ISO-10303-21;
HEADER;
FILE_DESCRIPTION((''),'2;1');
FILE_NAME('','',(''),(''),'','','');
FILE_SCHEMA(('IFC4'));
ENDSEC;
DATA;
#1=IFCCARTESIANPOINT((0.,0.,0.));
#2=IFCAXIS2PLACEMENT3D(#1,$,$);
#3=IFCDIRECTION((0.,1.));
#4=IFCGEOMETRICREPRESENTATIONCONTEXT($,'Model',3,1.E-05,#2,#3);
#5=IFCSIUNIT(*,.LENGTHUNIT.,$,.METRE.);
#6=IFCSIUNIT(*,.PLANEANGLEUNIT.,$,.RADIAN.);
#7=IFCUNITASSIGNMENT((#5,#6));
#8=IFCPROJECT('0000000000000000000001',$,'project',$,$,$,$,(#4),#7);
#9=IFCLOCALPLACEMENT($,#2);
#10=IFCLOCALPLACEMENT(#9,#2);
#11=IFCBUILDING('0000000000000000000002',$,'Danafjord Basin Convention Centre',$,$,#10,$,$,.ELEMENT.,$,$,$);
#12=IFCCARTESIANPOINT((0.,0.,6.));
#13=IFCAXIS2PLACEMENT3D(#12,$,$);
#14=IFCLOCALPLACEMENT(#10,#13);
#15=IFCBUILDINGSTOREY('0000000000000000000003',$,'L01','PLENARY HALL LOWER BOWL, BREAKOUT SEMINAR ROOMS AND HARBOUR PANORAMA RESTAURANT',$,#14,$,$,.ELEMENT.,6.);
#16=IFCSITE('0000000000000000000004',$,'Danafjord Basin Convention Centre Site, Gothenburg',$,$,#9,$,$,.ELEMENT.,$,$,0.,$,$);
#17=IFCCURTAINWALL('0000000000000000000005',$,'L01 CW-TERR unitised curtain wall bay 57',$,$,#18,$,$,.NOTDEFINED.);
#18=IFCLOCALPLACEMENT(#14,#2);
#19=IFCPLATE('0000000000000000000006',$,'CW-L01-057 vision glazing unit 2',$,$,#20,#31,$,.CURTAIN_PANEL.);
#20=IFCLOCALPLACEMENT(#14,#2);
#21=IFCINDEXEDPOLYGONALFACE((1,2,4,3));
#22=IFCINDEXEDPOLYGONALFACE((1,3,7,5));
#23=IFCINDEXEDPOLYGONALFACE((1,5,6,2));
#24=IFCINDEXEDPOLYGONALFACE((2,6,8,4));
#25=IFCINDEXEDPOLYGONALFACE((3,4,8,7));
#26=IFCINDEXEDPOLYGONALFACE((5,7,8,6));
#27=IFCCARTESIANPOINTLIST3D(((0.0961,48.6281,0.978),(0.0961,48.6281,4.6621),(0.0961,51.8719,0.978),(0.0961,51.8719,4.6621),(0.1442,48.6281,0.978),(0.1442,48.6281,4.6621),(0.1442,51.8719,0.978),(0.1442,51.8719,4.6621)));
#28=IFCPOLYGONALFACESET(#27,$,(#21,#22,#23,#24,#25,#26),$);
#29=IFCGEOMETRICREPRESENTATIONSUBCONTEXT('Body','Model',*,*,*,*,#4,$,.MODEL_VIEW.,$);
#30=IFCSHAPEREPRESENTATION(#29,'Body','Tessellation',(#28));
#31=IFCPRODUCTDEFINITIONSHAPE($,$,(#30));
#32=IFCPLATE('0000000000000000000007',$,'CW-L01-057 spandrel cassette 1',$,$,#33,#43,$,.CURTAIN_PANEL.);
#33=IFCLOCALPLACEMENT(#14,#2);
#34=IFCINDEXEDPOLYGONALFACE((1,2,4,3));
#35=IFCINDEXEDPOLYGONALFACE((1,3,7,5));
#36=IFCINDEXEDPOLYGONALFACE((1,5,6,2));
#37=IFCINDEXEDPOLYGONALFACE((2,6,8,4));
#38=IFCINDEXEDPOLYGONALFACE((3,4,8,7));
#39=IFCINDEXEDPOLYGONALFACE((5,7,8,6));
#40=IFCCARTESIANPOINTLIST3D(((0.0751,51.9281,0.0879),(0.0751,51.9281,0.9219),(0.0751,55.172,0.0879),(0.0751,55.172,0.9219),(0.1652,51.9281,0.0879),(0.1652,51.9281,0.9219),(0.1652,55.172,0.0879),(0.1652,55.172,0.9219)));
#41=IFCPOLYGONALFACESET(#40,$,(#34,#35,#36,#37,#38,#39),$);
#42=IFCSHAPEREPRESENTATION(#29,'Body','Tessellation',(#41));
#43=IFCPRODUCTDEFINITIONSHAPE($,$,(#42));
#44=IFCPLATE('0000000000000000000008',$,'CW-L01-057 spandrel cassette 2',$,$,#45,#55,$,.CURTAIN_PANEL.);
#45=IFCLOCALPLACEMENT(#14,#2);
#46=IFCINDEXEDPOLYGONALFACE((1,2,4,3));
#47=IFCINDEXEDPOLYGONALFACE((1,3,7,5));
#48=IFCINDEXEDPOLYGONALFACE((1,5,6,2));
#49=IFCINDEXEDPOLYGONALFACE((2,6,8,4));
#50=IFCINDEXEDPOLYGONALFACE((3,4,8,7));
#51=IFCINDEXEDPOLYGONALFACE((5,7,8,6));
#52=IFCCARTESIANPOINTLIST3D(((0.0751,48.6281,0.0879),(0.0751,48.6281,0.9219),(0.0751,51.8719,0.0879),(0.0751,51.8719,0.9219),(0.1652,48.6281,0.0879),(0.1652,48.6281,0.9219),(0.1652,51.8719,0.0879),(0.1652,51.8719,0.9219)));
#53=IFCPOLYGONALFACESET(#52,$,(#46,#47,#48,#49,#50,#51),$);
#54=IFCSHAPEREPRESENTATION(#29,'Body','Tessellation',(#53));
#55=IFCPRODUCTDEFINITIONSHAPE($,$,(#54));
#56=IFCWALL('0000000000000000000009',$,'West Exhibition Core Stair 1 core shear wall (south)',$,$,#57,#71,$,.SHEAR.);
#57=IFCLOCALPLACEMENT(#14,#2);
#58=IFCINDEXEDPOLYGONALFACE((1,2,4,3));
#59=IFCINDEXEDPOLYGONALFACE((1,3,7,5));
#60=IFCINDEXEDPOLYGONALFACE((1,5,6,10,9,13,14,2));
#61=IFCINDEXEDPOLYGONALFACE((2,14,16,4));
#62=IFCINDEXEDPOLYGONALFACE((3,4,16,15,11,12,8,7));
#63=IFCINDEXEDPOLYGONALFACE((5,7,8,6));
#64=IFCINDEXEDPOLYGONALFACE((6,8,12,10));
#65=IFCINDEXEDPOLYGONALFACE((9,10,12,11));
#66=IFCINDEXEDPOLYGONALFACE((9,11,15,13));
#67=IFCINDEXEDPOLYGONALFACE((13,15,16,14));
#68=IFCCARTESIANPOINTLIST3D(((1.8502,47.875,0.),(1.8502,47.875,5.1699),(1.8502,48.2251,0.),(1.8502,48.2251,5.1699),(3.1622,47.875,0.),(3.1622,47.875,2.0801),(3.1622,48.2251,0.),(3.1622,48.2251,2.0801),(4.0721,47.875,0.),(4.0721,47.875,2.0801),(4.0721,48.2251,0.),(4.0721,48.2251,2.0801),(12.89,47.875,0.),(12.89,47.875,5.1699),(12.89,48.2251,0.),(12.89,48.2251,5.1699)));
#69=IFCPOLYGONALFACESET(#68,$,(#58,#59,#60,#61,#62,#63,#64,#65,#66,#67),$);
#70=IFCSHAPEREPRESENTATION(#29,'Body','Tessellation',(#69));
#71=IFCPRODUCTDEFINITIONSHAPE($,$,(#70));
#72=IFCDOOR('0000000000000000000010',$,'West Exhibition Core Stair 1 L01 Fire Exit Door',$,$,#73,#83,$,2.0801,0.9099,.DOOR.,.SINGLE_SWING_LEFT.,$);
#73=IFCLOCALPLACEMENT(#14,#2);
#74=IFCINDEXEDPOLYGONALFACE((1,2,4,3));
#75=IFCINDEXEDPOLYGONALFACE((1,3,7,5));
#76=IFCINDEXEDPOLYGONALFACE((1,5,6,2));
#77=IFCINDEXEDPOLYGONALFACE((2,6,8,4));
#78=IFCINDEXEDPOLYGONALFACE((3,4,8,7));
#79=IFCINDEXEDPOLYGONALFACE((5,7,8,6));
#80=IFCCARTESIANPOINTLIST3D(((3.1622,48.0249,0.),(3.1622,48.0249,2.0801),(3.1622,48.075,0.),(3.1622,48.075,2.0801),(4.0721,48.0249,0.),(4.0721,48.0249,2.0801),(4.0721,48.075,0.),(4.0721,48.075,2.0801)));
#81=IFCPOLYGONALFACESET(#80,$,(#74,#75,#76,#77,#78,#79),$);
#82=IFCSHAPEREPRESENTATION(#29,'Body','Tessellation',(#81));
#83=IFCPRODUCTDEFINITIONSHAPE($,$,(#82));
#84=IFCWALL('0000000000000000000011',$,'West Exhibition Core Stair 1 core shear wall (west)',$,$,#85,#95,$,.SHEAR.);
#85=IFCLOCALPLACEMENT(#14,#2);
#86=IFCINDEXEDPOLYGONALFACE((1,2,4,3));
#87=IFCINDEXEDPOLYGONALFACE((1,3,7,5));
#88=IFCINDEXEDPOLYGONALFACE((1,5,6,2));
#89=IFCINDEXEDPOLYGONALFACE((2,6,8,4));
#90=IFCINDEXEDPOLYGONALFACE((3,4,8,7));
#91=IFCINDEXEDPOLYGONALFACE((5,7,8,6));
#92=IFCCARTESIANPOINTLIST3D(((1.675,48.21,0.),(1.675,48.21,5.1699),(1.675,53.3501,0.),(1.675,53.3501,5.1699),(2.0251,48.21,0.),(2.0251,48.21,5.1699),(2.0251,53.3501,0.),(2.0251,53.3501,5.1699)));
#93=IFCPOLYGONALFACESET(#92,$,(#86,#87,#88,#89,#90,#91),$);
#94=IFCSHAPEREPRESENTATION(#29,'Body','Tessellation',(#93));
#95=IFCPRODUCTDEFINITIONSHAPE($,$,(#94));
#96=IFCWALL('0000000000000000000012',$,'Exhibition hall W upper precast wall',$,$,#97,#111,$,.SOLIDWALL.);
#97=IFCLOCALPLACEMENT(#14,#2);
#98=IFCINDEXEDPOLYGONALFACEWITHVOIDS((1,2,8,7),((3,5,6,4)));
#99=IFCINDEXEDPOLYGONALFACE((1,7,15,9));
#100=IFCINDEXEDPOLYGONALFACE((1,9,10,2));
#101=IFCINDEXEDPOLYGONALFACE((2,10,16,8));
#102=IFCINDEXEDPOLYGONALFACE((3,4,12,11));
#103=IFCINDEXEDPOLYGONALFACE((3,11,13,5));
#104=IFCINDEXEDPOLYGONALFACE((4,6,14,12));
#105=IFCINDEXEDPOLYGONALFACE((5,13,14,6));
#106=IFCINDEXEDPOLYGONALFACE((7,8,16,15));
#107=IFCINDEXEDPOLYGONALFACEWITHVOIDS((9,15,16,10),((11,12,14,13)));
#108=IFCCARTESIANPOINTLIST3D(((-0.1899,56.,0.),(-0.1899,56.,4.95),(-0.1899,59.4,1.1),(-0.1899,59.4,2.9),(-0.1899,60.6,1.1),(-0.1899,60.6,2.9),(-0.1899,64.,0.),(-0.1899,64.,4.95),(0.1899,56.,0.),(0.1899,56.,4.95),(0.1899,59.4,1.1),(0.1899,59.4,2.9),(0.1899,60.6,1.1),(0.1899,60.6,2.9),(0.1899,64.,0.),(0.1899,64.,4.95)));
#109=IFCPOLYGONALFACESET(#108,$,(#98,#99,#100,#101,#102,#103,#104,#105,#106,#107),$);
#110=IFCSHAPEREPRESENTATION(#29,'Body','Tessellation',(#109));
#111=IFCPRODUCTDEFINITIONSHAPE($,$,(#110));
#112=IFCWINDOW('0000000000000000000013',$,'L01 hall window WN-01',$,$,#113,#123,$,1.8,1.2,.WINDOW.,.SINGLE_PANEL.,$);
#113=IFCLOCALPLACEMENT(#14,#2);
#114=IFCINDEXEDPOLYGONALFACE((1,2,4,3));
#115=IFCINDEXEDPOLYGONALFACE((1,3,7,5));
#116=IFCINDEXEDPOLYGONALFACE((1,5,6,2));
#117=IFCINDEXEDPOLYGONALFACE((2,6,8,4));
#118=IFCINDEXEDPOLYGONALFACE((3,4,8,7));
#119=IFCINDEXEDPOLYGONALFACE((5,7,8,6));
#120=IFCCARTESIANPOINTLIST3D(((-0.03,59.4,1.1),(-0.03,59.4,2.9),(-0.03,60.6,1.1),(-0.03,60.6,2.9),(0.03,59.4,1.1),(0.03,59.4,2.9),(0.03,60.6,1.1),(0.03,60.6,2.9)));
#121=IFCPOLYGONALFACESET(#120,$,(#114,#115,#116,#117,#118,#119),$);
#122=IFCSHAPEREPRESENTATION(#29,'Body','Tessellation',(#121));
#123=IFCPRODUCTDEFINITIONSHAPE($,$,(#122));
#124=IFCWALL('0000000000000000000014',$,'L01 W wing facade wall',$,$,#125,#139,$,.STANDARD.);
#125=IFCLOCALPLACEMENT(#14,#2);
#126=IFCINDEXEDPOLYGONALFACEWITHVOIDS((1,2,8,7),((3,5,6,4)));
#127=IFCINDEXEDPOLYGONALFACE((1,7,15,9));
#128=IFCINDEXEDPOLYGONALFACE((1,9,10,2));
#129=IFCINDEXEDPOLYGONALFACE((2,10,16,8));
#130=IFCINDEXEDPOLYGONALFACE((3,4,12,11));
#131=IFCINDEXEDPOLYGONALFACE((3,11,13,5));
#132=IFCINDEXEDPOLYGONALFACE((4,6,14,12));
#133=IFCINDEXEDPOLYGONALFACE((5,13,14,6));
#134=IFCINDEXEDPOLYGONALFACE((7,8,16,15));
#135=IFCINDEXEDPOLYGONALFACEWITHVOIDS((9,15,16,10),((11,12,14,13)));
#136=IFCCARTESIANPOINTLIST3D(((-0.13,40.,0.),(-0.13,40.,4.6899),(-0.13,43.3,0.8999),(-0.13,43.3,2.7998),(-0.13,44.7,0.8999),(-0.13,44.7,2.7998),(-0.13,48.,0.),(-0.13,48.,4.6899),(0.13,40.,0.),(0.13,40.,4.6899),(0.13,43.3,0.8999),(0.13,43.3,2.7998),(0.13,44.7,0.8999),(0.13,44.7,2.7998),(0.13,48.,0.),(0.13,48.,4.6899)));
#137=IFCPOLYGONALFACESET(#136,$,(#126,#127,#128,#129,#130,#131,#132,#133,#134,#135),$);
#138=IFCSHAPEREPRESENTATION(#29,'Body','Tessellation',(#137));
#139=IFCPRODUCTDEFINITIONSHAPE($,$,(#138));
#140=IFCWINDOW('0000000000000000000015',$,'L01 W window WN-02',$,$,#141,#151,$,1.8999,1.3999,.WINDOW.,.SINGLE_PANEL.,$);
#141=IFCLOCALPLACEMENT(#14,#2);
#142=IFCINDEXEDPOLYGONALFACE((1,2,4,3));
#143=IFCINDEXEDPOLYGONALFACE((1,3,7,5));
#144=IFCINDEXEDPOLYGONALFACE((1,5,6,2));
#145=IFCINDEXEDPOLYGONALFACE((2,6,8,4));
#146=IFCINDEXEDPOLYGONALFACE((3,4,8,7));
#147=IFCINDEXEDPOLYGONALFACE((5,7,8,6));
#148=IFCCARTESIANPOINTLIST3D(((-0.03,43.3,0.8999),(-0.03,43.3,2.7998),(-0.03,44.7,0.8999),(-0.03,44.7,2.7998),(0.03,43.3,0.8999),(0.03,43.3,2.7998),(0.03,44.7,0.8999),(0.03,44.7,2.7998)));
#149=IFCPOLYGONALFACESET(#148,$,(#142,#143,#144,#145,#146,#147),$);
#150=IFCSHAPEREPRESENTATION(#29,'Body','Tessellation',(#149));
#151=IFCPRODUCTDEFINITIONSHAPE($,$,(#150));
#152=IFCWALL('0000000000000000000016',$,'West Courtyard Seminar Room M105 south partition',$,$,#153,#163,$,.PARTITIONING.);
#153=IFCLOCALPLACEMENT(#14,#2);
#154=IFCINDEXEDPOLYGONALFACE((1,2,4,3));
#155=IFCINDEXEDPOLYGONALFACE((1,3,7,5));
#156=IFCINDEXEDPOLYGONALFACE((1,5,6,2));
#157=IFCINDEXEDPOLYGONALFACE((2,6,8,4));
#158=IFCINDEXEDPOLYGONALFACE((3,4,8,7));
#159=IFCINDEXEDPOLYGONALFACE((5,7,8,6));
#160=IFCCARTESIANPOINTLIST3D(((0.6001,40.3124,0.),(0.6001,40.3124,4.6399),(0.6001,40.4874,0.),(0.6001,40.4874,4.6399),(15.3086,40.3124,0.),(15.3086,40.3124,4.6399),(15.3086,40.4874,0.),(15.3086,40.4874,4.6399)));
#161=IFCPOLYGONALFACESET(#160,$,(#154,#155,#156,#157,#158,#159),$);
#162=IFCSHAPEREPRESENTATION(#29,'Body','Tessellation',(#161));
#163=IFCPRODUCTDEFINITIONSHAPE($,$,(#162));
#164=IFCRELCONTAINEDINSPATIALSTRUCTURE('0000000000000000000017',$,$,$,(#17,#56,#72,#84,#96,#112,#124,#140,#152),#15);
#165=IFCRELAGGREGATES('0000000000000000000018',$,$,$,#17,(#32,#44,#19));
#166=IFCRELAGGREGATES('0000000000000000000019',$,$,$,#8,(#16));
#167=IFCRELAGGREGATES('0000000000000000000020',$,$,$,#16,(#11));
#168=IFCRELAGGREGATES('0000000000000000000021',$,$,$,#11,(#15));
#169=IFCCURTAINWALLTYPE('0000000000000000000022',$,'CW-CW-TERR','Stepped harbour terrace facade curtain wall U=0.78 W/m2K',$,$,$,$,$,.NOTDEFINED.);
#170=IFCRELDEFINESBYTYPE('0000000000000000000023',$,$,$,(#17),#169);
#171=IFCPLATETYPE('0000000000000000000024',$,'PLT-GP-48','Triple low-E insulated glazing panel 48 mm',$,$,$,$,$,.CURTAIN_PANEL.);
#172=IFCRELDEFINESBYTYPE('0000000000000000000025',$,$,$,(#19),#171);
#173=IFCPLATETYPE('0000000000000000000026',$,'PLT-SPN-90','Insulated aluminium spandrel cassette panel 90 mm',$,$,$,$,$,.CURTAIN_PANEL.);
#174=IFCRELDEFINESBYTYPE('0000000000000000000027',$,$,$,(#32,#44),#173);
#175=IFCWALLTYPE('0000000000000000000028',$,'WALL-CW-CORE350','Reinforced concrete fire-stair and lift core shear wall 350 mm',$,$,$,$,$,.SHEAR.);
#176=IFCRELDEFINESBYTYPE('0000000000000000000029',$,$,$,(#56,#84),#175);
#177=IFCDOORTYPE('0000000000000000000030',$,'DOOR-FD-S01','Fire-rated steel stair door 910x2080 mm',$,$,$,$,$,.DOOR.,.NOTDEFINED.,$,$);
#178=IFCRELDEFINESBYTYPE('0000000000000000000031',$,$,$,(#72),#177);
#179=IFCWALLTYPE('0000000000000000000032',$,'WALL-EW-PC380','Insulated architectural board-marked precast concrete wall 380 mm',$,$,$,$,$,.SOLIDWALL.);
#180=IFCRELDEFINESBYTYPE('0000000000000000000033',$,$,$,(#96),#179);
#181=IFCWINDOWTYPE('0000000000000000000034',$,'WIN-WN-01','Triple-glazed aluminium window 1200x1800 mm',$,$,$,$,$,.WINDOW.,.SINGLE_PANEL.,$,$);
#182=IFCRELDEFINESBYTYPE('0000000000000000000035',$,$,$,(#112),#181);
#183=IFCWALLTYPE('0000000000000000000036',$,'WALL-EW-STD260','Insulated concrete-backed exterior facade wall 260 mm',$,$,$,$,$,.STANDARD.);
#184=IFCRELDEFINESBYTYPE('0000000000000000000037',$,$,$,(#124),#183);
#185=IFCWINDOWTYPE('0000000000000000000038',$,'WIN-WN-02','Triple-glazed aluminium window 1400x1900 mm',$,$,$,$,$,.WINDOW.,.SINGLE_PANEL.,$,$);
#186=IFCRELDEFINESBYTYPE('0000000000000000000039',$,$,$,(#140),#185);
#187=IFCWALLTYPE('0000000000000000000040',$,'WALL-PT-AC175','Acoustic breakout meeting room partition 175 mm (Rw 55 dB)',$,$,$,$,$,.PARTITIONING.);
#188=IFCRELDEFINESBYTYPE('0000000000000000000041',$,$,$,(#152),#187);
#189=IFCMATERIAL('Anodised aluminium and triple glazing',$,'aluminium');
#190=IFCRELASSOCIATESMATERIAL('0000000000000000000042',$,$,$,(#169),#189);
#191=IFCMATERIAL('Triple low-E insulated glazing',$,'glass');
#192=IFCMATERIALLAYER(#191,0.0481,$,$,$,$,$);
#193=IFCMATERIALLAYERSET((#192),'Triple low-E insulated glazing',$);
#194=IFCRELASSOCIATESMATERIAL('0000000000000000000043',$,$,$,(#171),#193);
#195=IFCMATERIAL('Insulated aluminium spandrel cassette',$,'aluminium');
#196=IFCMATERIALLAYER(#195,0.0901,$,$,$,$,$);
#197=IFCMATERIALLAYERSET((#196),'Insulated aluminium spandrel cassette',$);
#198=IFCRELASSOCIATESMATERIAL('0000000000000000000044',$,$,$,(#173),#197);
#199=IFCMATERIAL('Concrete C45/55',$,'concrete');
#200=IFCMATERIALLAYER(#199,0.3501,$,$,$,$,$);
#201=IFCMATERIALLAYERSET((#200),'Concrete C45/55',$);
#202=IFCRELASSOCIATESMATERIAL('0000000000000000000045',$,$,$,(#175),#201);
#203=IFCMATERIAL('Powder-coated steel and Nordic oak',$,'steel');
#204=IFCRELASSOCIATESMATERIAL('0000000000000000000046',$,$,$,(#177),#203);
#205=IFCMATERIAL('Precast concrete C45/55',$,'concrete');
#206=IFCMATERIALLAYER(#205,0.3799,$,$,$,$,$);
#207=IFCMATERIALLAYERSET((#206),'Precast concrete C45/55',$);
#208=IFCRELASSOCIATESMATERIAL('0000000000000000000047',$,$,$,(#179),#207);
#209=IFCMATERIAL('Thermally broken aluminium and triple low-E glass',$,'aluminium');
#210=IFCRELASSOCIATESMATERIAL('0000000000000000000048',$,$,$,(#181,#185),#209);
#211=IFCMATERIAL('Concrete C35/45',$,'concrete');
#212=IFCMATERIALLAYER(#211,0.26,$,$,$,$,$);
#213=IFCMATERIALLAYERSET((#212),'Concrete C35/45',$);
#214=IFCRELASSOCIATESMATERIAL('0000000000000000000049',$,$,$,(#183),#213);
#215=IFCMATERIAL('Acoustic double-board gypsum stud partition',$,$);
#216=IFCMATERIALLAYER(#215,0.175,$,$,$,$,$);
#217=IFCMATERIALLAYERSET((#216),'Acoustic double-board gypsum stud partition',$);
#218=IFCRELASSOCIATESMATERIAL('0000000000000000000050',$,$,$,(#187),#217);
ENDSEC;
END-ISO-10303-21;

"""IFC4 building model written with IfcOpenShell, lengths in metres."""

from ifc_helpers import new_model, si_unit, direction, frame, frame_2d, origin, origin_2d, place, context, subcontext, project, spatial, rectangle, extrude, material, layer, layer_set, type_object, element, fill, aggregate, save


model = new_model("IFC4")

# Units and contexts
model_context = context("Model", 3, precision=1e-05, world=origin(), true_north=direction((0.0, 1.0)))
body_context = subcontext(model_context, "Body", "Model", "MODEL_VIEW")
ifc_project = project(units=[si_unit("LENGTHUNIT", "METRE"), si_unit("PLANEANGLEUNIT", "RADIAN")], contexts=[model_context])

# Site, building, storey
site_placement = place(None, origin())
site = spatial("IfcSite", under=ifc_project, at=site_placement, Name="Danafjord Basin Convention Centre Site, Gothenburg", CompositionType="ELEMENT", RefElevation=0.0)
building_placement = place(site_placement, origin())
building = spatial("IfcBuilding", under=site, at=building_placement, Name="Danafjord Basin Convention Centre", CompositionType="ELEMENT")
storey_placement = place(building_placement, frame((0.0, 0.0, 6.0)))
storey = spatial("IfcBuildingStorey", under=building, at=storey_placement, Name="L01", Description="PLENARY HALL LOWER BOWL, BREAKOUT SEMINAR ROOMS AND HARBOUR PANORAMA RESTAURANT", CompositionType="ELEMENT", Elevation=6.0)

# Curtain wall, plates
ifc_material_1 = material(Name="Anodised aluminium and triple glazing", Category="aluminium")
curtain_wall_type = type_object("IfcCurtainWallType", Name="CW-CW-TERR", Description="Stepped harbour terrace facade curtain wall U=0.78 W/m2K", PredefinedType="NOTDEFINED", material=ifc_material_1)
curtain_wall_placement = place(storey_placement, origin())
curtain_wall = element("IfcCurtainWall", 1, at=curtain_wall_placement, inside=storey, type_object=curtain_wall_type, Name="L01 CW-TERR unitised curtain wall bay 57", PredefinedType="NOTDEFINED")
ifc_material_2 = material(Name="Triple low-E insulated glazing", Category="glass")
ifc_layer_1 = layer(ifc_material_2, 0.0481)
ifc_layer_set_1 = layer_set([ifc_layer_1], Name="Triple low-E insulated glazing")
plate_type_1 = type_object("IfcPlateType", Name="PLT-GP-48", Description="Triple low-E insulated glazing panel 48 mm", PredefinedType="CURTAIN_PANEL", material=ifc_layer_set_1)
plate_1_placement = place(storey_placement, frame((0.1201, 50.25, 0.978), z_axis=(0.0, 0.0, 1.0), x_axis=(0.0, -1.0, 0.0)))
plate_1 = element("IfcPlate", 2, at=plate_1_placement, type_object=plate_type_1, Name="CW-L01-057 vision glazing unit 2", PredefinedType="CURTAIN_PANEL", context=body_context, shape_type="SweptSolid", body=[
    extrude(rectangle(XDim=3.2439, YDim=0.0481, at=origin_2d()), origin(), (0.0, 0.0, 1.0), 3.6841),
])
ifc_material_3 = material(Name="Insulated aluminium spandrel cassette", Category="aluminium")
ifc_layer_2 = layer(ifc_material_3, 0.0901)
ifc_layer_set_2 = layer_set([ifc_layer_2], Name="Insulated aluminium spandrel cassette")
plate_type_2 = type_object("IfcPlateType", Name="PLT-SPN-90", Description="Insulated aluminium spandrel cassette panel 90 mm", PredefinedType="CURTAIN_PANEL", material=ifc_layer_set_2)
plate_2_placement = place(storey_placement, frame((0.1201, 53.55, 0.0879), z_axis=(0.0, 0.0, 1.0), x_axis=(0.0, -1.0, 0.0)))
plate_2 = element("IfcPlate", 3, at=plate_2_placement, type_object=plate_type_2, Name="CW-L01-057 spandrel cassette 1", PredefinedType="CURTAIN_PANEL", context=body_context, shape_type="SweptSolid", body=[
    extrude(rectangle(XDim=3.2439, YDim=0.0901, at=origin_2d()), origin(), (0.0, 0.0, 1.0), 0.834),
])
plate_3_placement = place(storey_placement, frame((0.1201, 50.25, 0.0879), z_axis=(0.0, 0.0, 1.0), x_axis=(0.0, -1.0, 0.0)))
plate_3 = element("IfcPlate", 4, at=plate_3_placement, type_object=plate_type_2, Name="CW-L01-057 spandrel cassette 2", PredefinedType="CURTAIN_PANEL", context=body_context, shape_type="SweptSolid", body=[
    extrude(rectangle(XDim=3.2439, YDim=0.0901, at=origin_2d()), origin(), (0.0, 0.0, 1.0), 0.834),
])
aggregate(curtain_wall, [plate_2, plate_3, plate_1])

# Wall, opening, door
ifc_material_4 = material(Name="Concrete C45/55", Category="concrete")
ifc_layer_3 = layer(ifc_material_4, 0.3501)
ifc_layer_set_3 = layer_set([ifc_layer_3], Name="Concrete C45/55")
wall_type_1 = type_object("IfcWallType", Name="WALL-CW-CORE350", Description="Reinforced concrete fire-stair and lift core shear wall 350 mm", PredefinedType="SHEAR", material=ifc_layer_set_3)
wall_1_placement = place(storey_placement, frame((1.8501, 48.05, 0.0), z_axis=(0.0, 0.0, 1.0), x_axis=(1.0, 0.0, 0.0)))
wall_1 = element("IfcWall", 5, at=wall_1_placement, inside=storey, type_object=wall_type_1, Name="West Exhibition Core Stair 1 core shear wall (south)", PredefinedType="SHEAR", context=body_context, shape_type="SweptSolid", body=[
    extrude(rectangle(XDim=11.0398, YDim=0.3501, at=frame_2d((5.52, 0.0))), origin(), (0.0, 0.0, 1.0), 5.1699),
])
opening_1_placement = place(wall_1_placement, frame((1.312, 0.0, 0.0)))
opening_1 = element("IfcOpeningElement", 6, at=opening_1_placement, cuts=wall_1, PredefinedType="OPENING", context=body_context, shape_type="SweptSolid", body=[
    extrude(rectangle(XDim=0.9099, YDim=2.0801, at=frame_2d((0.4551, 1.04))), frame((0.0, 0.1851, 0.0), z_axis=(0.0, -1.0, 0.0), x_axis=(1.0, 0.0, 0.0)), (0.0, 0.0, 1.0), 0.3701),
])
ifc_material_5 = material(Name="Powder-coated steel and Nordic oak", Category="steel")
door_type = type_object("IfcDoorType", Name="DOOR-FD-S01", Description="Fire-rated steel stair door 910x2080 mm", OperationType="NOTDEFINED", PredefinedType="DOOR", material=ifc_material_5)
door_placement = place(opening_1_placement, origin())
door = element("IfcDoor", 7, at=door_placement, inside=storey, type_object=door_type, Name="West Exhibition Core Stair 1 L01 Fire Exit Door", OperationType="SINGLE_SWING_LEFT", OverallHeight=2.0801, OverallWidth=0.9099, PredefinedType="DOOR", context=body_context, shape_type="SweptSolid", body=[
    extrude(rectangle(XDim=0.9099, YDim=2.0801, at=frame_2d((0.4551, 1.04))), frame((0.0, 0.0249, 0.0), z_axis=(0.0, -1.0, 0.0), x_axis=(1.0, 0.0, 0.0)), (0.0, 0.0, 1.0), 0.05),
])
fill(opening_1, door)

# Wall
wall_2_placement = place(storey_placement, frame((1.8501, 53.3501, 0.0), z_axis=(0.0, 0.0, 1.0), x_axis=(0.0, -1.0, 0.0)))
element("IfcWall", 8, at=wall_2_placement, inside=storey, type_object=wall_type_1, Name="West Exhibition Core Stair 1 core shear wall (west)", PredefinedType="SHEAR", context=body_context, shape_type="SweptSolid", body=[
    extrude(rectangle(XDim=5.1401, YDim=0.3501, at=frame_2d((2.5701, 0.0))), origin(), (0.0, 0.0, 1.0), 5.1699),
])

# Walls, openings, windows
ifc_material_6 = material(Name="Precast concrete C45/55", Category="concrete")
ifc_layer_4 = layer(ifc_material_6, 0.3799)
ifc_layer_set_4 = layer_set([ifc_layer_4], Name="Precast concrete C45/55")
wall_type_2 = type_object("IfcWallType", Name="WALL-EW-PC380", Description="Insulated architectural board-marked precast concrete wall 380 mm", PredefinedType="SOLIDWALL", material=ifc_layer_set_4)
wall_3_placement = place(storey_placement, frame((0.0, 56.0, 0.0), z_axis=(0.0, 0.0, 1.0), x_axis=(0.0, 1.0, 0.0)))
wall_3 = element("IfcWall", 9, at=wall_3_placement, inside=storey, type_object=wall_type_2, Name="Exhibition hall W upper precast wall", PredefinedType="SOLIDWALL", context=body_context, shape_type="SweptSolid", body=[
    extrude(rectangle(XDim=8.0, YDim=0.3799, at=frame_2d((4.0, 0.0))), origin(), (0.0, 0.0, 1.0), 4.95),
])
opening_2_placement = place(wall_3_placement, frame((3.3999, 0.0, 1.1001)))
opening_2 = element("IfcOpeningElement", 10, at=opening_2_placement, cuts=wall_3, PredefinedType="OPENING", context=body_context, shape_type="SweptSolid", body=[
    extrude(rectangle(XDim=1.2, YDim=1.8, at=frame_2d((0.6001, 0.8999))), frame((0.0, 0.2, 0.0), z_axis=(0.0, -1.0, 0.0), x_axis=(1.0, 0.0, 0.0)), (0.0, 0.0, 1.0), 0.3999),
])
ifc_material_7 = material(Name="Thermally broken aluminium and triple low-E glass", Category="aluminium")
window_type_1 = type_object("IfcWindowType", Name="WIN-WN-01", Description="Triple-glazed aluminium window 1200x1800 mm", PartitioningType="SINGLE_PANEL", PredefinedType="WINDOW", material=ifc_material_7)
window_1_placement = place(opening_2_placement, origin())
window_1 = element("IfcWindow", 11, at=window_1_placement, inside=storey, type_object=window_type_1, Name="L01 hall window WN-01", OverallHeight=1.8, OverallWidth=1.2, PartitioningType="SINGLE_PANEL", PredefinedType="WINDOW", context=body_context, shape_type="SweptSolid", body=[
    extrude(rectangle(XDim=1.2, YDim=1.8, at=frame_2d((0.6001, 0.8999))), frame((0.0, 0.03, 0.0), z_axis=(0.0, -1.0, 0.0), x_axis=(1.0, 0.0, 0.0)), (0.0, 0.0, 1.0), 0.0601),
])
fill(opening_2, window_1)
ifc_material_8 = material(Name="Concrete C35/45", Category="concrete")
ifc_layer_5 = layer(ifc_material_8, 0.26)
ifc_layer_set_5 = layer_set([ifc_layer_5], Name="Concrete C35/45")
wall_type_3 = type_object("IfcWallType", Name="WALL-EW-STD260", Description="Insulated concrete-backed exterior facade wall 260 mm", PredefinedType="STANDARD", material=ifc_layer_set_5)
wall_4_placement = place(storey_placement, frame((0.0, 40.0, 0.0), z_axis=(0.0, 0.0, 1.0), x_axis=(0.0, 1.0, 0.0)))
wall_4 = element("IfcWall", 12, at=wall_4_placement, inside=storey, type_object=wall_type_3, Name="L01 W wing facade wall", PredefinedType="STANDARD", context=body_context, shape_type="SweptSolid", body=[
    extrude(rectangle(XDim=8.0, YDim=0.26, at=frame_2d((4.0, 0.0))), origin(), (0.0, 0.0, 1.0), 4.6899),
])
opening_3_placement = place(wall_4_placement, frame((3.3, 0.0, 0.8999)))
opening_3 = element("IfcOpeningElement", 13, at=opening_3_placement, cuts=wall_4, PredefinedType="OPENING", context=body_context, shape_type="SweptSolid", body=[
    extrude(rectangle(XDim=1.3999, YDim=1.8999, at=frame_2d((0.7, 0.95))), frame((0.0, 0.1399, 0.0), z_axis=(0.0, -1.0, 0.0), x_axis=(1.0, 0.0, 0.0)), (0.0, 0.0, 1.0), 0.28),
])
window_type_2 = type_object("IfcWindowType", Name="WIN-WN-02", Description="Triple-glazed aluminium window 1400x1900 mm", PartitioningType="SINGLE_PANEL", PredefinedType="WINDOW", material=ifc_material_7)
window_2_placement = place(opening_3_placement, origin())
window_2 = element("IfcWindow", 14, at=window_2_placement, inside=storey, type_object=window_type_2, Name="L01 W window WN-02", OverallHeight=1.8999, OverallWidth=1.3999, PartitioningType="SINGLE_PANEL", PredefinedType="WINDOW", context=body_context, shape_type="SweptSolid", body=[
    extrude(rectangle(XDim=1.3999, YDim=1.8999, at=frame_2d((0.7, 0.95))), frame((0.0, 0.03, 0.0), z_axis=(0.0, -1.0, 0.0), x_axis=(1.0, 0.0, 0.0)), (0.0, 0.0, 1.0), 0.0601),
])
fill(opening_3, window_2)

# Wall
ifc_material_9 = material(Name="Acoustic double-board gypsum stud partition")
ifc_layer_6 = layer(ifc_material_9, 0.175)
ifc_layer_set_6 = layer_set([ifc_layer_6], Name="Acoustic double-board gypsum stud partition")
wall_type_4 = type_object("IfcWallType", Name="WALL-PT-AC175", Description="Acoustic breakout meeting room partition 175 mm (Rw 55 dB)", PredefinedType="PARTITIONING", material=ifc_layer_set_6)
wall_5_placement = place(storey_placement, frame((0.6001, 40.3999, 0.0), z_axis=(0.0, 0.0, 1.0), x_axis=(1.0, 0.0, 0.0)))
element("IfcWall", 15, at=wall_5_placement, inside=storey, type_object=wall_type_4, Name="West Courtyard Seminar Room M105 south partition", PredefinedType="PARTITIONING", context=body_context, shape_type="SweptSolid", body=[
    extrude(rectangle(XDim=14.7085, YDim=0.175, at=frame_2d((7.3542, 0.0))), origin(), (0.0, 0.0, 1.0), 4.6399),
])

save(model, "model.ifc")
